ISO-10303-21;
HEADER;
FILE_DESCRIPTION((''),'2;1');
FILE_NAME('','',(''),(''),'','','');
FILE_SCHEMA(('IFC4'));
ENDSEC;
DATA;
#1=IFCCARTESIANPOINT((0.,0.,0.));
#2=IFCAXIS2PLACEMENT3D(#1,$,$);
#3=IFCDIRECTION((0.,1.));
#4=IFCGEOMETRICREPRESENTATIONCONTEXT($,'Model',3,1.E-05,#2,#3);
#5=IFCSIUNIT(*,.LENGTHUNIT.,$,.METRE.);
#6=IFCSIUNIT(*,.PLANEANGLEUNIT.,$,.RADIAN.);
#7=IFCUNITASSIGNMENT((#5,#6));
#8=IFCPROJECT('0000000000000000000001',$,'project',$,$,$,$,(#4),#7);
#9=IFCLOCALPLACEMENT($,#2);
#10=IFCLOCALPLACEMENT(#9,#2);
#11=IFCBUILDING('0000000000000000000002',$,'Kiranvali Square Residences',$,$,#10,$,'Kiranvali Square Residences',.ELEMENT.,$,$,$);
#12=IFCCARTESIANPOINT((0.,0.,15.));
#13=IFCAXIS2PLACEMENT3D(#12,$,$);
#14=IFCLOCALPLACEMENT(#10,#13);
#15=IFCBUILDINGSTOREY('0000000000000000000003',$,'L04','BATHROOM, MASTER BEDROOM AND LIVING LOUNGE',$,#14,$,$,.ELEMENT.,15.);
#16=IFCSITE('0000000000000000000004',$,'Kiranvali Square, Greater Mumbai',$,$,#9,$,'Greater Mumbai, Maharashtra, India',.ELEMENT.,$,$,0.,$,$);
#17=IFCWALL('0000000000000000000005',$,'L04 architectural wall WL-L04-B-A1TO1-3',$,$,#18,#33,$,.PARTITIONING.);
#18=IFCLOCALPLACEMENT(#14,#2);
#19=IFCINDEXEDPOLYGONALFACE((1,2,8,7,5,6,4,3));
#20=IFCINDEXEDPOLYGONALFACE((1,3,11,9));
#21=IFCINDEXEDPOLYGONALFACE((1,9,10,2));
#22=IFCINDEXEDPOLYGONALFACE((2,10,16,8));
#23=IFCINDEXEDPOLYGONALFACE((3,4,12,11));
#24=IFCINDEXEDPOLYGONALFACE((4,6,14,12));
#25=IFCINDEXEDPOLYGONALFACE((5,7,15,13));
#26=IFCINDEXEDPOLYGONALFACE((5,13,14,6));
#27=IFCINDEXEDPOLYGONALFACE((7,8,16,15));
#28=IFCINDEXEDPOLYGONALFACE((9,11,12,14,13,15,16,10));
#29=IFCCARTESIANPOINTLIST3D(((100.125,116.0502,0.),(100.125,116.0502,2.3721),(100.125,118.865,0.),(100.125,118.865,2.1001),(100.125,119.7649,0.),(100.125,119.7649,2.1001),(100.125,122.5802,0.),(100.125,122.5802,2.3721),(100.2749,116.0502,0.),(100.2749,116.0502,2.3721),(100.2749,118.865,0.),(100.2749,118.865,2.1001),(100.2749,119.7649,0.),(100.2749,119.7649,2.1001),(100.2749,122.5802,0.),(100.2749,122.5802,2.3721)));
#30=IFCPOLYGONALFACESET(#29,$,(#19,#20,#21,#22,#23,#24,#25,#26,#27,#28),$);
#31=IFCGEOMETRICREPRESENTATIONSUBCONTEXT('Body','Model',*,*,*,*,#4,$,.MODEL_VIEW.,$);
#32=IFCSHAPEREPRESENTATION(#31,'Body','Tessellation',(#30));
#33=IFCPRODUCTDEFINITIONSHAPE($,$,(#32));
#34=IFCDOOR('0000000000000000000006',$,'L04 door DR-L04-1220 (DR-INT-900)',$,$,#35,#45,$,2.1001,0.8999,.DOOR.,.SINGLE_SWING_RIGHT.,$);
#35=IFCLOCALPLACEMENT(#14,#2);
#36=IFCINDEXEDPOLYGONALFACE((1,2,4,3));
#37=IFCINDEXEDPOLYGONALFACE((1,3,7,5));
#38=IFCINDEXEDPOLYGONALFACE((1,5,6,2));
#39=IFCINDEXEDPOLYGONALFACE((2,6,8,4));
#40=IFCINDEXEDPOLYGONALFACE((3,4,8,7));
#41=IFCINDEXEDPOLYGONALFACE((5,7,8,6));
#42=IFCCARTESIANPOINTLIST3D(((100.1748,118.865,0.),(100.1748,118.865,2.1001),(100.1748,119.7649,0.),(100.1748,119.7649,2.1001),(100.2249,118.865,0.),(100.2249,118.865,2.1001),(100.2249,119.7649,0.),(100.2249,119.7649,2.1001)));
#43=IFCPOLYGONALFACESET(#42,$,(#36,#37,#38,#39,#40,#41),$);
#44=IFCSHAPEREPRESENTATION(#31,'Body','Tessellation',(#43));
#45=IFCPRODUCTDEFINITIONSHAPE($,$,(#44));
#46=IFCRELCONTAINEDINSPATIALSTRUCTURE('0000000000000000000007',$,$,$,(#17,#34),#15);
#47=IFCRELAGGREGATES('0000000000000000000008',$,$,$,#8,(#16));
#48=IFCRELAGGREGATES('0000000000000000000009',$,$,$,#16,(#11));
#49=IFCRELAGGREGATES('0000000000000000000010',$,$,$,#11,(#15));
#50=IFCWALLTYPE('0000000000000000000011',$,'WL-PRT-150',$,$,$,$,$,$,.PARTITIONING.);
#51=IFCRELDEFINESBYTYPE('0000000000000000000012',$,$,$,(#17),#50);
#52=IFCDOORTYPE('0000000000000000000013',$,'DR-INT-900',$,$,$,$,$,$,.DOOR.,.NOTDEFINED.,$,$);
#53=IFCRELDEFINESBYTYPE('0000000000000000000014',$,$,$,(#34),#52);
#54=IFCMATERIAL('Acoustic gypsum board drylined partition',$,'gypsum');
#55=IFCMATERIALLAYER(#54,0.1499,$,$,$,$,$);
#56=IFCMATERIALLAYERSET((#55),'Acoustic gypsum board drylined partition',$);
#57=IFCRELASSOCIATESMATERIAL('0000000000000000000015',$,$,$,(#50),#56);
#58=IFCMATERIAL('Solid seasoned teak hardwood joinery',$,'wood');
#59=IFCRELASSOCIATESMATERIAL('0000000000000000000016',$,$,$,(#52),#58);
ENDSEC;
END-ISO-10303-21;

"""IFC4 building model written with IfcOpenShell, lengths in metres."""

from ifc_helpers import new_model, si_unit, direction, frame, frame_2d, origin, place, context, subcontext, project, spatial, rectangle, extrude, material, layer, layer_set, type_object, element, fill, save


model = new_model("IFC4")

# Units and contexts
model_context = context("Model", 3, precision=1e-05, world=origin(), true_north=direction((0.0, 1.0)))
body_context = subcontext(model_context, "Body", "Model", "MODEL_VIEW")
ifc_project = project(units=[si_unit("LENGTHUNIT", "METRE"), si_unit("PLANEANGLEUNIT", "RADIAN")], contexts=[model_context])

# Site, building, storey
site_placement = place(None, origin())
site = spatial("IfcSite", under=ifc_project, at=site_placement, Name="Kiranvali Square, Greater Mumbai", LongName="Greater Mumbai, Maharashtra, India", CompositionType="ELEMENT", RefElevation=0.0)
building_placement = place(site_placement, origin())
building = spatial("IfcBuilding", under=site, at=building_placement, Name="Kiranvali Square Residences", LongName="Kiranvali Square Residences", CompositionType="ELEMENT")
storey_placement = place(building_placement, frame((0.0, 0.0, 15.0)))
storey = spatial("IfcBuildingStorey", under=building, at=storey_placement, Name="L04", Description="BATHROOM, MASTER BEDROOM AND LIVING LOUNGE", CompositionType="ELEMENT", Elevation=15.0)

# Wall, opening, door
ifc_material_1 = material(Name="Acoustic gypsum board drylined partition", Category="gypsum")
ifc_layer_1 = layer(ifc_material_1, 0.1499)
ifc_layer_set_1 = layer_set([ifc_layer_1], Name="Acoustic gypsum board drylined partition")
wall_type_1 = type_object("IfcWallType", Name="WL-PRT-150", PredefinedType="PARTITIONING", material=ifc_layer_set_1)
ifc_material_2 = material(Name="Solid seasoned teak hardwood joinery", Category="wood")
door_type = type_object("IfcDoorType", Name="DR-INT-900", OperationType="NOTDEFINED", PredefinedType="DOOR", material=ifc_material_2)
wall_1_placement = place(storey_placement, frame((100.2, 116.05, 0.0), z_axis=(0.0, 0.0, 1.0), x_axis=(0.0, 1.0, 0.0)))
wall_1 = element("IfcWall", 1, at=wall_1_placement, inside=storey, type_object=wall_type_1, Name="L04 architectural wall WL-L04-B-A1TO1-3", PredefinedType="PARTITIONING", context=body_context, shape_type="SweptSolid", body=[
    extrude(rectangle(XDim=6.53, YDim=0.1499, at=frame_2d((3.2651, 0.0))), origin(), (0.0, 0.0, 1.0), 2.3721),
])
opening_1_placement = place(wall_1_placement, frame((2.8149, 0.0, 0.0)))
opening_1 = element("IfcOpeningElement", 2, at=opening_1_placement, cuts=wall_1, PredefinedType="OPENING", context=body_context, shape_type="SweptSolid", body=[
    extrude(rectangle(XDim=0.8999, YDim=2.1001, at=frame_2d((0.45, 1.05))), frame((0.0, 0.085, 0.0), z_axis=(0.0, -1.0, 0.0), x_axis=(1.0, 0.0, 0.0)), (0.0, 0.0, 1.0), 0.1699),
])
door_1_placement = place(opening_1_placement, frame((0.8999, 0.0, 0.0), z_axis=(0.0, 0.0, 1.0), x_axis=(-1.0, 0.0, 0.0)))
door_1 = element("IfcDoor", 3, at=door_1_placement, inside=storey, type_object=door_type, Name="L04 door DR-L04-1220 (DR-INT-900)", OperationType="SINGLE_SWING_RIGHT", OverallHeight=2.1001, OverallWidth=0.8999, PredefinedType="DOOR", context=body_context, shape_type="SweptSolid", body=[
    extrude(rectangle(XDim=0.8999, YDim=2.1001, at=frame_2d((0.45, 1.05))), frame((0.0, 0.0249, 0.0), z_axis=(0.0, -1.0, 0.0), x_axis=(1.0, 0.0, 0.0)), (0.0, 0.0, 1.0), 0.05),
])
fill(opening_1, door_1)

save(model, "model.ifc")
